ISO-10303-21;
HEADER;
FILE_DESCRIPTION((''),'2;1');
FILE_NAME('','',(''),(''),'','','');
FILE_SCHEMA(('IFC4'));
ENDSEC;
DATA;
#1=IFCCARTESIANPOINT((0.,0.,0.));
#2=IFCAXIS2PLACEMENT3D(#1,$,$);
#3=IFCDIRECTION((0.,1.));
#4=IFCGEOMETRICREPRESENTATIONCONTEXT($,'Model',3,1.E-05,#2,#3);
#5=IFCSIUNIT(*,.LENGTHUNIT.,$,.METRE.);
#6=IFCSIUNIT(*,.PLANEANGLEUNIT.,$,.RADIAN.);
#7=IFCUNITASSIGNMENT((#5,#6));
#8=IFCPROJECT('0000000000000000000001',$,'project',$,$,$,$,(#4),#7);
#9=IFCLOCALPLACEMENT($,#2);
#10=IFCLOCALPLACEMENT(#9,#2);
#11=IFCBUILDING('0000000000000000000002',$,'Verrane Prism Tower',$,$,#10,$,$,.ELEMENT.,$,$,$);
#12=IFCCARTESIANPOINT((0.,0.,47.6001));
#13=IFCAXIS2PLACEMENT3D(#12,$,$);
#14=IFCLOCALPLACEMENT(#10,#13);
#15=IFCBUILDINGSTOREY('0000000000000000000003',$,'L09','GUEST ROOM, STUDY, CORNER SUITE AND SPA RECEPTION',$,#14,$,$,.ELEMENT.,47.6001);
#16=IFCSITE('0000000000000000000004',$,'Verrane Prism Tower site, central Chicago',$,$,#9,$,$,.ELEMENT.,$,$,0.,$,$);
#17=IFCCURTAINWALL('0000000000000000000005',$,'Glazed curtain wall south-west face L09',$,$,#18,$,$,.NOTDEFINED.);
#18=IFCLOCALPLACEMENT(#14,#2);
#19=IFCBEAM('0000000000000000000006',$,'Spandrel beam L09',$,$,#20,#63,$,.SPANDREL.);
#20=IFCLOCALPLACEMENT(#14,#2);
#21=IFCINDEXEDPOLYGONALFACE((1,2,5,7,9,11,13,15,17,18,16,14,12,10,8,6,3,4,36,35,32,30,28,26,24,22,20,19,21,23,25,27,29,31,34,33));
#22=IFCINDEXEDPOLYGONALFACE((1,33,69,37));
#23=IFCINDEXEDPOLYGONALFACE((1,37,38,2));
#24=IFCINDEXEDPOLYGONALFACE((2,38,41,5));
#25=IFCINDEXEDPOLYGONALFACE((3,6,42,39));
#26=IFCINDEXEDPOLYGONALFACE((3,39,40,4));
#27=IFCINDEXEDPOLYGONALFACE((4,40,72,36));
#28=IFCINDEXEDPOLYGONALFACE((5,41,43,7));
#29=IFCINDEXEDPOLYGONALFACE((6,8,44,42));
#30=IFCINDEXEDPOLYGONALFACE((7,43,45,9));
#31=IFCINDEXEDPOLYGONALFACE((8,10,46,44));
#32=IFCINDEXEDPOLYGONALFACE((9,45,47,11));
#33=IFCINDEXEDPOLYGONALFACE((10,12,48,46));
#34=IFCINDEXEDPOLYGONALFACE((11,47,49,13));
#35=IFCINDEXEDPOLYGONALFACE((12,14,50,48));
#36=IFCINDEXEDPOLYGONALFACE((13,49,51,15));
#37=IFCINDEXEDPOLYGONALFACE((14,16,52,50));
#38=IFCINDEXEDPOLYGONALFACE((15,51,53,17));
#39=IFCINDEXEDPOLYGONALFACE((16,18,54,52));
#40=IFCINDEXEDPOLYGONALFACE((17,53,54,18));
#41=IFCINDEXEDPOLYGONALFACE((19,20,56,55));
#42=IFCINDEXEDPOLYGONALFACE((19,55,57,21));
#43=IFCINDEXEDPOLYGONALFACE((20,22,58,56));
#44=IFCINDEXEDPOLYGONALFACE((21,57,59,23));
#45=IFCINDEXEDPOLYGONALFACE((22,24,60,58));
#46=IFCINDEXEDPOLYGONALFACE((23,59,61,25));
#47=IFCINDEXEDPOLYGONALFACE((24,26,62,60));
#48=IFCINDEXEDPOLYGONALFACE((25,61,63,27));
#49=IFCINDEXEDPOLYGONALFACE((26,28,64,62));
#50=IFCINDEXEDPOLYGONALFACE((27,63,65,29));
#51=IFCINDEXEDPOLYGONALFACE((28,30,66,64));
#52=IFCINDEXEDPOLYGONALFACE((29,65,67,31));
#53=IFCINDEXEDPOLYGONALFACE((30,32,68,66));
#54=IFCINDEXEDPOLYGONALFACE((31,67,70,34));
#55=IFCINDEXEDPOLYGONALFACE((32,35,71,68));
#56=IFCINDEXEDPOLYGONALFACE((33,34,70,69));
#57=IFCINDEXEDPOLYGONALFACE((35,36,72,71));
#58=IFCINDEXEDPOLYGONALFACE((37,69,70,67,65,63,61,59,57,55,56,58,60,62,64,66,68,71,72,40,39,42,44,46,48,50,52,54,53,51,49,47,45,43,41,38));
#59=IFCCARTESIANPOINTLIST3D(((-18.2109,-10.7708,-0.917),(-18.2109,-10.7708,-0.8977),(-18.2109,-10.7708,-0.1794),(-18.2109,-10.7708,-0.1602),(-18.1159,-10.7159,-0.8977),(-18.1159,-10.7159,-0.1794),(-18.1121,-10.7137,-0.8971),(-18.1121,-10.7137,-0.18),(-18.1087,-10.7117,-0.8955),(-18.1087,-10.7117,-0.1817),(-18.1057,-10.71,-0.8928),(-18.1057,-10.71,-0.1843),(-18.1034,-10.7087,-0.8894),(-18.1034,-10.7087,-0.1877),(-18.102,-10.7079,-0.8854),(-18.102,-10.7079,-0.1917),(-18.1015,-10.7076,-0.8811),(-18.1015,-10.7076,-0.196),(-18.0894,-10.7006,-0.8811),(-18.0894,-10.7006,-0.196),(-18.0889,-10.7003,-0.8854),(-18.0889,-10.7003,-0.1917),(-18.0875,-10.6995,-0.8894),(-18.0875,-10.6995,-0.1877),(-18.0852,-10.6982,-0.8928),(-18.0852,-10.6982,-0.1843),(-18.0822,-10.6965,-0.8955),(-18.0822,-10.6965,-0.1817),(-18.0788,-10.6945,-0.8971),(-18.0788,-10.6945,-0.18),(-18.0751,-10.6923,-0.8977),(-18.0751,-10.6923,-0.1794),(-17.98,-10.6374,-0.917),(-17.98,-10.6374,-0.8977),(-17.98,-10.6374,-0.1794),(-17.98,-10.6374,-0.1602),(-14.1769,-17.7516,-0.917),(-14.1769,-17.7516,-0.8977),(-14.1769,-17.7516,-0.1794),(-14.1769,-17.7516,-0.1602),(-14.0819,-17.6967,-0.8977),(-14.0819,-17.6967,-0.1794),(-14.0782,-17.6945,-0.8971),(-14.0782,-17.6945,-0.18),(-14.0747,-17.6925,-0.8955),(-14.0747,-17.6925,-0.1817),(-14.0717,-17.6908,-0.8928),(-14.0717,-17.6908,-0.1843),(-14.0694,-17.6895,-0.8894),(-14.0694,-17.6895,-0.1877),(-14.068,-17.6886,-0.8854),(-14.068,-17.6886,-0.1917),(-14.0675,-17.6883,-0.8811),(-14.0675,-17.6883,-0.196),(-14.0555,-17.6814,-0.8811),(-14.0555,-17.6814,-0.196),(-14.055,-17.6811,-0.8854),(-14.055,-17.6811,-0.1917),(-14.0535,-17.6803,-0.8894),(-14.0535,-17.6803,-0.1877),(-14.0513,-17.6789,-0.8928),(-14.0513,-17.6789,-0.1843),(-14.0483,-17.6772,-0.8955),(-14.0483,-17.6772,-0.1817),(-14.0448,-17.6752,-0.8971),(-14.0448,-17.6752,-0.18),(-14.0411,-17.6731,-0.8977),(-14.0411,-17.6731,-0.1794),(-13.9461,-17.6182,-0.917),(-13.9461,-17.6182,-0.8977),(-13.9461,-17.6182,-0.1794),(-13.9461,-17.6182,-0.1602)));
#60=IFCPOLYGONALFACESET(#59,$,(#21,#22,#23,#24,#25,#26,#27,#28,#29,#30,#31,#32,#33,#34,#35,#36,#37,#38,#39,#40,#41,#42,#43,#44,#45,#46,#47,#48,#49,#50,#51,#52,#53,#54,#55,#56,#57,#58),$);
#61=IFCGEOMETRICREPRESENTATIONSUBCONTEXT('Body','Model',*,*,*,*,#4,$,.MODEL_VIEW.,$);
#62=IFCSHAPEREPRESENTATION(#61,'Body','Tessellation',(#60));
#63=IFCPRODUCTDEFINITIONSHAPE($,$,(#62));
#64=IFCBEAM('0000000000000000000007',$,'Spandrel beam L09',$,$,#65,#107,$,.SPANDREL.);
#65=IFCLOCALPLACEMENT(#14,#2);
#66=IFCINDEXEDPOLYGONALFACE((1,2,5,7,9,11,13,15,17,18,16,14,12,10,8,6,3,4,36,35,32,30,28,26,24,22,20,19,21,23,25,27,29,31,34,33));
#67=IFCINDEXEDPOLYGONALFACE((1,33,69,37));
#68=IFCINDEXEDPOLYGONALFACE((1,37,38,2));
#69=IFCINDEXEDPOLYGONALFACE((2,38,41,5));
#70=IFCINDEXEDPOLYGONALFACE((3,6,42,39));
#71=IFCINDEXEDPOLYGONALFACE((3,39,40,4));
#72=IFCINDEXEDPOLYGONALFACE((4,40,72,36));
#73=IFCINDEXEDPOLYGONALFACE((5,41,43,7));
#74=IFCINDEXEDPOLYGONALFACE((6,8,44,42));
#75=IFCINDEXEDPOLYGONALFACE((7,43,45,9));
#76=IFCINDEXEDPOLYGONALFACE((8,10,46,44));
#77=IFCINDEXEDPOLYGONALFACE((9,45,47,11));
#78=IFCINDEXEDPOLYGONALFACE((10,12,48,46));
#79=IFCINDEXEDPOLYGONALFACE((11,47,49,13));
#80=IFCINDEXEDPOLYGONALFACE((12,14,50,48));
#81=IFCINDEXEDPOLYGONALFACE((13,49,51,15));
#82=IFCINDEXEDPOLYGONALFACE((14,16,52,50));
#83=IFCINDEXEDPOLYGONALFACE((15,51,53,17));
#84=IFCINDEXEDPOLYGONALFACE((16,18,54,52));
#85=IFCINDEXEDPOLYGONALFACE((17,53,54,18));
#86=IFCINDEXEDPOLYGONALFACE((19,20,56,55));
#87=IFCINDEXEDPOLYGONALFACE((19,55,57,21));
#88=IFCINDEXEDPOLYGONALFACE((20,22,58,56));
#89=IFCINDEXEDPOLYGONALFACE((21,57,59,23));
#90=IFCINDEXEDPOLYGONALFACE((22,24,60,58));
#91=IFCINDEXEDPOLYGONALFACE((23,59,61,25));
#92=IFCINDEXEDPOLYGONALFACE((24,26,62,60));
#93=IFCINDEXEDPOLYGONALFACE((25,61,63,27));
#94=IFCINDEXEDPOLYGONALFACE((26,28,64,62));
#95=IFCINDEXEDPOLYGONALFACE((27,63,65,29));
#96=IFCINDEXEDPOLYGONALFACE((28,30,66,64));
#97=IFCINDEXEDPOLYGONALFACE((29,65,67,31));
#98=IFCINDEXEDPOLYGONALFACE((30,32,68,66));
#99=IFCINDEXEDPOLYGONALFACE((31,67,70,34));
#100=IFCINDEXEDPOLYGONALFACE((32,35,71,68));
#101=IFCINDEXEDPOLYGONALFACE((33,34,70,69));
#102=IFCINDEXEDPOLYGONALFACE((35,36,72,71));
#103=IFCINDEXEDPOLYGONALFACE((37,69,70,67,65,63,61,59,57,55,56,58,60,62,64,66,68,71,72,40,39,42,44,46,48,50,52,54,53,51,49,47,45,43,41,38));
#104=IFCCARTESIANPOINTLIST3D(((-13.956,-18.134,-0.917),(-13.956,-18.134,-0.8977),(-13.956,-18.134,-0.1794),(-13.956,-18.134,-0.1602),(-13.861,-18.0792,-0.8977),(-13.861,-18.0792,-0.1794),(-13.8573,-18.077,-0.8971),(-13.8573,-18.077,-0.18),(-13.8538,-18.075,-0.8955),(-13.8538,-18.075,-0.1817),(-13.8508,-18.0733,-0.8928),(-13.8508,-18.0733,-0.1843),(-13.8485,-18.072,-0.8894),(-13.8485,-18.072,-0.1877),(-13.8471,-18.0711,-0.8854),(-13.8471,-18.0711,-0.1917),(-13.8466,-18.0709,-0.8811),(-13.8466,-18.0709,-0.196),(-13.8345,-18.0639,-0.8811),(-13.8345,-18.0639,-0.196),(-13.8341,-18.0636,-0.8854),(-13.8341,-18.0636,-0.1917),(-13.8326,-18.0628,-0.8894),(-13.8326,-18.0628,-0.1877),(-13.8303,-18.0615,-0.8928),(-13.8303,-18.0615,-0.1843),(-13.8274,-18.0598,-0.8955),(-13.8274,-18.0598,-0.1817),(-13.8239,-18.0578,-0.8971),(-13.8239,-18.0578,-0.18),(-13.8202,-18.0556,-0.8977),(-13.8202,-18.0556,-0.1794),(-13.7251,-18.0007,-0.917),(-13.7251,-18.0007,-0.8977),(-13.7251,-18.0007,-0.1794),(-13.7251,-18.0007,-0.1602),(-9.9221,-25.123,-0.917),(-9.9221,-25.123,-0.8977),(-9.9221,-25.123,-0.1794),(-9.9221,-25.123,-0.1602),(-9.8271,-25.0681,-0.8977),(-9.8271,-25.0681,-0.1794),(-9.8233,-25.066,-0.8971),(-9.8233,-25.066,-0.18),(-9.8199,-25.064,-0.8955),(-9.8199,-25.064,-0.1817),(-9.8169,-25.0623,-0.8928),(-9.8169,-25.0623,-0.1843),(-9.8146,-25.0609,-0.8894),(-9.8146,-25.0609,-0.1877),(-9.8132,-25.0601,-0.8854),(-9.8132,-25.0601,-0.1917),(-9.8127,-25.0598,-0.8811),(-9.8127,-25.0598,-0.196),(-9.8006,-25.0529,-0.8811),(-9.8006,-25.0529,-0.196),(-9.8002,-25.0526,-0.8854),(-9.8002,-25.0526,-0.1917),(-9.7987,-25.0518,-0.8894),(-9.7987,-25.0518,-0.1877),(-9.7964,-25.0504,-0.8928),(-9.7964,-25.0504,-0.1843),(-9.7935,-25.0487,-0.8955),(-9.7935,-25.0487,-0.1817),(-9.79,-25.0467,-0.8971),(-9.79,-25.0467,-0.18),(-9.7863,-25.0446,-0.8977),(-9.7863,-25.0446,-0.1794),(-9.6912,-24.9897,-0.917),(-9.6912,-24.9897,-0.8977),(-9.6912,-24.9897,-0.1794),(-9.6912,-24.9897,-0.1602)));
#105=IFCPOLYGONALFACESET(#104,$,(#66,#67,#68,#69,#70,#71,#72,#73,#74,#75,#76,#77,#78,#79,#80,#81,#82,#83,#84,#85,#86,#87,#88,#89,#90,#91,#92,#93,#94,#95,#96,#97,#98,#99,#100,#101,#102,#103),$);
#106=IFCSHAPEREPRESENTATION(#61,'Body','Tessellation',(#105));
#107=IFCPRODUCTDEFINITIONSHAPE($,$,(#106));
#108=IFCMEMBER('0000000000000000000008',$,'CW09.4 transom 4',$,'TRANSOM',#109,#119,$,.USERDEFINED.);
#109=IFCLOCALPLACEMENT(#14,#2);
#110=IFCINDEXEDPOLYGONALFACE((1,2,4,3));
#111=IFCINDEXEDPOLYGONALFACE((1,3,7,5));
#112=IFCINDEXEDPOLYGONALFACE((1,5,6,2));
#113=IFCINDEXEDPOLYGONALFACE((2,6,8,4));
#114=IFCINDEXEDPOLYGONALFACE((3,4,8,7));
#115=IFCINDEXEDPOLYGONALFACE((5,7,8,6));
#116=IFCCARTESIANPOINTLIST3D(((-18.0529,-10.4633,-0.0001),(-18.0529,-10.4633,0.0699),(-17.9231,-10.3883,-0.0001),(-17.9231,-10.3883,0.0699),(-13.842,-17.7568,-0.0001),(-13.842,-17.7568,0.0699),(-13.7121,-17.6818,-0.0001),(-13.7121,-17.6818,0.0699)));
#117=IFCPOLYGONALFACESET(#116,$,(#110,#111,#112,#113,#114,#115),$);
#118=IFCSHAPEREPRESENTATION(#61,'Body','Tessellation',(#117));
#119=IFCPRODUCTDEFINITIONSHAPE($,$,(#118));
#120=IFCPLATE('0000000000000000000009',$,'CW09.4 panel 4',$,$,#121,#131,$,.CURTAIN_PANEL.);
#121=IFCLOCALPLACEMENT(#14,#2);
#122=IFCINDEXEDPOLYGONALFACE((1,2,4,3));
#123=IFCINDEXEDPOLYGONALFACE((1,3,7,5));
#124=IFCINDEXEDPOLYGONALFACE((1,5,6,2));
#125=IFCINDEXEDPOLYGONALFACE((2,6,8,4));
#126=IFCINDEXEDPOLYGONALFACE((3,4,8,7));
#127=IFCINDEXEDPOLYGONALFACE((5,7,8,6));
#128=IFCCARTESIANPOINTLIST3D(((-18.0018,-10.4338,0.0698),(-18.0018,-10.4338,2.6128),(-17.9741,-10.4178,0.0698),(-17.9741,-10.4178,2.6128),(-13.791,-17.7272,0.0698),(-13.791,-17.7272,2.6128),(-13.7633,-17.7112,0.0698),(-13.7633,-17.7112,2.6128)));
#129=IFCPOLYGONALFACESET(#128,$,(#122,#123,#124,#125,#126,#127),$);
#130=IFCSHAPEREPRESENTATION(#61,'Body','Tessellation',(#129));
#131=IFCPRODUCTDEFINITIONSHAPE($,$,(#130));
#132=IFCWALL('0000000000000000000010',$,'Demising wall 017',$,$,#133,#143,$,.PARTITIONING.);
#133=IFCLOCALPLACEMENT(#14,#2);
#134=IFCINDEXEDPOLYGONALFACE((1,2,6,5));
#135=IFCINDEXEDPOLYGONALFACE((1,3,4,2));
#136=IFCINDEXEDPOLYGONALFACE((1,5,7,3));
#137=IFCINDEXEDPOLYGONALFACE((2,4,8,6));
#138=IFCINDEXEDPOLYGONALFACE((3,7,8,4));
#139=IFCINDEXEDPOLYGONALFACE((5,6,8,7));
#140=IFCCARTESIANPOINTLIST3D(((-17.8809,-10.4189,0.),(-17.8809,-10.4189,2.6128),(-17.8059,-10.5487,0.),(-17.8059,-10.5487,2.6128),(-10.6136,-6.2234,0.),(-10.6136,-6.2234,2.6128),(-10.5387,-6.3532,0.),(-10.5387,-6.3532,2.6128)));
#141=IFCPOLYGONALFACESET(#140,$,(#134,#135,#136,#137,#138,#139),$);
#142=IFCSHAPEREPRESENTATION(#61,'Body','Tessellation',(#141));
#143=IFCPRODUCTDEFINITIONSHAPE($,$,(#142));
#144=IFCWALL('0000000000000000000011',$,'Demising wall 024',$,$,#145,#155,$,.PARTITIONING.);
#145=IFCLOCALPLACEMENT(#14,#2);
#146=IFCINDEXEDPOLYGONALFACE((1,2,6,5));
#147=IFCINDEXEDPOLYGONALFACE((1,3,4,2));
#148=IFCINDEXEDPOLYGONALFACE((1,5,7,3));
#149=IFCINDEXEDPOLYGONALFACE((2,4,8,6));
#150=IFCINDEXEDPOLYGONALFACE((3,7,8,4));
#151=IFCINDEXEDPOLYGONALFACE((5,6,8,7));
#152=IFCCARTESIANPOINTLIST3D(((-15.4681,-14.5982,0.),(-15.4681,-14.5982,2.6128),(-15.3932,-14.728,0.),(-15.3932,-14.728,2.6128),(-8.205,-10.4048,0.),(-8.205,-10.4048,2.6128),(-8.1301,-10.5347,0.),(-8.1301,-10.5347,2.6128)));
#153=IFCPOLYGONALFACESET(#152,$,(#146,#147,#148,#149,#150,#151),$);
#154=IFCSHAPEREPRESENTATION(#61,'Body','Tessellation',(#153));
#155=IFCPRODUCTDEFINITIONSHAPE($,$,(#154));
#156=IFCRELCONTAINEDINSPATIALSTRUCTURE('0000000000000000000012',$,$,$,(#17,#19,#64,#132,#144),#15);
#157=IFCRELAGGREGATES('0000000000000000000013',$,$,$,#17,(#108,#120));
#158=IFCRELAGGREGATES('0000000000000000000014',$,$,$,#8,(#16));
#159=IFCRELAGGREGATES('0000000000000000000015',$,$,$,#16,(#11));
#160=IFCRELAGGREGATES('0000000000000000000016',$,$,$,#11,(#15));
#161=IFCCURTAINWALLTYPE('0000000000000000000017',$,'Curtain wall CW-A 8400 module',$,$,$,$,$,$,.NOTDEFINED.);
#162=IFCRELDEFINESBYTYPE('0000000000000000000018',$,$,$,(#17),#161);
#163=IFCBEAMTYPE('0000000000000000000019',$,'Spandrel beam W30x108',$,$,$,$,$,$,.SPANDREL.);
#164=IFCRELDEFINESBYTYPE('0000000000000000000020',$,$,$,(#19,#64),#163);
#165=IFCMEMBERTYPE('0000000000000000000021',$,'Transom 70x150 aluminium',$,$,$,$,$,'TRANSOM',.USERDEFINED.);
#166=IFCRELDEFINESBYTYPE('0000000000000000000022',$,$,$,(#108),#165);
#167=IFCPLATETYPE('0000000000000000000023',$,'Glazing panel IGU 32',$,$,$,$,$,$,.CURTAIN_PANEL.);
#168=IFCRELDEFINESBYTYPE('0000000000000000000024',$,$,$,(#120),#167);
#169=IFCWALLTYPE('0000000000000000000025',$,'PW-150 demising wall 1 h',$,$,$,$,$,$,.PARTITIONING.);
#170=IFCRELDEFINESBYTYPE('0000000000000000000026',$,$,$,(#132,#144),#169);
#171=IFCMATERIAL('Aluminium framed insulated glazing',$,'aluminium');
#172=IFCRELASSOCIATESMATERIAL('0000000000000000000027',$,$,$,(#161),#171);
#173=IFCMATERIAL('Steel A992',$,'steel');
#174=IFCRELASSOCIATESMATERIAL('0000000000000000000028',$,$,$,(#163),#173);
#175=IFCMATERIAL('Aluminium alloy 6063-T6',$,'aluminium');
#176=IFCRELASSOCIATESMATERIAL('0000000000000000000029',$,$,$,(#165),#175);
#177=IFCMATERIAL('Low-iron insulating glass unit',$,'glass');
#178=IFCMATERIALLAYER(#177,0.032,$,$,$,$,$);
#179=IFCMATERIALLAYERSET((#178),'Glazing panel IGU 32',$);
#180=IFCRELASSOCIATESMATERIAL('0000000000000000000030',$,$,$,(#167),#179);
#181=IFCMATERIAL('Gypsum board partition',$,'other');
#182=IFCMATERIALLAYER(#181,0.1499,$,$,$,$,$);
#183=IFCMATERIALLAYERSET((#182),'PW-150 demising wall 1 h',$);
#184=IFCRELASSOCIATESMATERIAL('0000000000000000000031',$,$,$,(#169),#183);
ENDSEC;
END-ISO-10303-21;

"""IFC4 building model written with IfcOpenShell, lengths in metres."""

from ifc_helpers import new_model, si_unit, direction, frame, frame_2d, origin, origin_2d, place, context, subcontext, project, spatial, rectangle, i_section, extrude, material, layer, layer_set, material_profile, profile_set, type_object, element, aggregate, save


model = new_model("IFC4")

# Units and contexts
model_context = context("Model", 3, precision=1e-05, world=origin(), true_north=direction((0.0, 1.0)))
body_context = subcontext(model_context, "Body", "Model", "MODEL_VIEW")
ifc_project = project(units=[si_unit("LENGTHUNIT", "METRE"), si_unit("PLANEANGLEUNIT", "RADIAN")], contexts=[model_context])

# Site, building, storey
site_placement = place(None, origin())
site = spatial("IfcSite", under=ifc_project, at=site_placement, Name="Verrane Prism Tower site, central Chicago", CompositionType="ELEMENT", RefElevation=0.0)
building_placement = place(site_placement, origin())
building = spatial("IfcBuilding", under=site, at=building_placement, Name="Verrane Prism Tower", CompositionType="ELEMENT")
storey_placement = place(building_placement, frame((0.0, 0.0, 47.6001)))
storey = spatial("IfcBuildingStorey", under=building, at=storey_placement, Name="L09", Description="GUEST ROOM, STUDY, CORNER SUITE AND SPA RECEPTION", CompositionType="ELEMENT", Elevation=47.6001)

# Curtain wall
ifc_material_1 = material(Name="Aluminium framed insulated glazing", Category="aluminium")
curtain_wall_type = type_object("IfcCurtainWallType", Name="Curtain wall CW-A 8400 module", PredefinedType="NOTDEFINED", material=ifc_material_1)
curtain_wall_placement = place(storey_placement, origin())
curtain_wall = element("IfcCurtainWall", 1, at=curtain_wall_placement, inside=storey, type_object=curtain_wall_type, Name="Glazed curtain wall south-west face L09", PredefinedType="NOTDEFINED")

# Beams
ifc_material_2 = material(Name="Steel A992", Category="steel")
ifc_material_profile_1 = material_profile(ifc_material_2, i_section(OverallWidth=0.2666, OverallDepth=0.7568, WebThickness=0.0139, FlangeThickness=0.0193, FilletRadius=0.0166, at=origin_2d()), Name="W30x108")
ifc_profile_set_1 = profile_set([ifc_material_profile_1], Name="Steel A992")
beam_type_1 = type_object("IfcBeamType", Name="Spandrel beam W30x108", PredefinedType="SPANDREL", material=ifc_profile_set_1)
beam_1_placement = place(storey_placement, frame((-18.0955, -10.7041, -0.5386), z_axis=(0.500337, -0.865831, 0.0), x_axis=(0.865831, 0.500337, 0.0)))
element("IfcBeam", 2, at=beam_1_placement, inside=storey, type_object=beam_type_1, Name="Spandrel beam L09", PredefinedType="SPANDREL", context=body_context, shape_type="SweptSolid", body=[
    extrude(i_section(OverallWidth=0.2666, OverallDepth=0.7568, WebThickness=0.0139, FlangeThickness=0.0193, FilletRadius=0.0166, at=origin_2d()), origin(), (0.0, 0.0, 1.0), 8.0625),
])
beam_2_placement = place(storey_placement, frame((-13.8406, -18.0674, -0.5386), z_axis=(0.499891, -0.866088, 0.0), x_axis=(0.866088, 0.499891, 0.0)))
element("IfcBeam", 3, at=beam_2_placement, inside=storey, type_object=beam_type_1, Name="Spandrel beam L09", PredefinedType="SPANDREL", context=body_context, shape_type="SweptSolid", body=[
    extrude(i_section(OverallWidth=0.2666, OverallDepth=0.7568, WebThickness=0.0139, FlangeThickness=0.0193, FilletRadius=0.0166, at=origin_2d()), origin(), (0.0, 0.0, 1.0), 8.0696),
])

# Member
ifc_material_3 = material(Name="Aluminium alloy 6063-T6", Category="aluminium")
ifc_material_profile_2 = material_profile(ifc_material_3, rectangle(XDim=0.1499, YDim=0.0701, at=origin_2d()), Name="Transom 70x150 aluminium")
ifc_profile_set_2 = profile_set([ifc_material_profile_2], Name="Aluminium alloy 6063-T6")
member_type_1 = type_object("IfcMemberType", Name="Transom 70x150 aluminium", ElementType="TRANSOM", PredefinedType="USERDEFINED", material=ifc_profile_set_2)
member_1_placement = place(storey_placement, frame((-17.988, -10.4258, 0.0349), z_axis=(0.500005, -0.866022, 0.0), x_axis=(0.866022, 0.500005, 0.0)))
member_1 = element("IfcMember", 4, at=member_1_placement, type_object=member_type_1, Name="CW09.4 transom 4", ObjectType="TRANSOM", PredefinedType="USERDEFINED", context=body_context, shape_type="SweptSolid", body=[
    extrude(rectangle(XDim=0.1499, YDim=0.0701, at=origin_2d()), origin(), (0.0, 0.0, 1.0), 8.4219),
])

# Plate
ifc_material_4 = material(Name="Low-iron insulating glass unit", Category="glass")
ifc_layer_1 = layer(ifc_material_4, 0.032)
ifc_layer_set_1 = layer_set([ifc_layer_1], Name="Glazing panel IGU 32")
plate_type = type_object("IfcPlateType", Name="Glazing panel IGU 32", PredefinedType="CURTAIN_PANEL", material=ifc_layer_set_1)
plate_placement = place(storey_placement, frame((-15.8826, -14.0725, 0.0698), z_axis=(0.0, 0.0, 1.0), x_axis=(0.499999, -0.866026, 0.0)))
plate = element("IfcPlate", 5, at=plate_placement, type_object=plate_type, Name="CW09.4 panel 4", PredefinedType="CURTAIN_PANEL", context=body_context, shape_type="SweptSolid", body=[
    extrude(rectangle(XDim=8.4216, YDim=0.032, at=origin_2d()), origin(), (0.0, 0.0, 1.0), 2.543),
])
aggregate(curtain_wall, [member_1, plate])

# Walls
ifc_material_5 = material(Name="Gypsum board partition", Category="other")
ifc_layer_2 = layer(ifc_material_5, 0.1499)
ifc_layer_set_2 = layer_set([ifc_layer_2], Name="PW-150 demising wall 1 h")
wall_type = type_object("IfcWallType", Name="PW-150 demising wall 1 h", PredefinedType="PARTITIONING", material=ifc_layer_set_2)
wall_1_placement = place(storey_placement, frame((-17.8435, -10.4839, 0.0), z_axis=(0.0, 0.0, 1.0), x_axis=(0.866038, 0.499978, 0.0)))
element("IfcWall", 6, at=wall_1_placement, inside=storey, type_object=wall_type, Name="Demising wall 017", PredefinedType="PARTITIONING", context=body_context, shape_type="SweptSolid", body=[
    extrude(rectangle(XDim=8.3914, YDim=0.1499, at=frame_2d((4.1958, 0.0))), origin(), (0.0, 0.0, 1.0), 2.6128),
])
wall_2_placement = place(storey_placement, frame((-15.4307, -14.6631, 0.0), z_axis=(0.0, 0.0, 1.0), x_axis=(0.866028, 0.499996, 0.0)))
element("IfcWall", 7, at=wall_2_placement, inside=storey, type_object=wall_type, Name="Demising wall 024", PredefinedType="PARTITIONING", context=body_context, shape_type="SweptSolid", body=[
    extrude(rectangle(XDim=8.3867, YDim=0.1499, at=frame_2d((4.1934, 0.0))), origin(), (0.0, 0.0, 1.0), 2.6128),
])

save(model, "model.ifc")
